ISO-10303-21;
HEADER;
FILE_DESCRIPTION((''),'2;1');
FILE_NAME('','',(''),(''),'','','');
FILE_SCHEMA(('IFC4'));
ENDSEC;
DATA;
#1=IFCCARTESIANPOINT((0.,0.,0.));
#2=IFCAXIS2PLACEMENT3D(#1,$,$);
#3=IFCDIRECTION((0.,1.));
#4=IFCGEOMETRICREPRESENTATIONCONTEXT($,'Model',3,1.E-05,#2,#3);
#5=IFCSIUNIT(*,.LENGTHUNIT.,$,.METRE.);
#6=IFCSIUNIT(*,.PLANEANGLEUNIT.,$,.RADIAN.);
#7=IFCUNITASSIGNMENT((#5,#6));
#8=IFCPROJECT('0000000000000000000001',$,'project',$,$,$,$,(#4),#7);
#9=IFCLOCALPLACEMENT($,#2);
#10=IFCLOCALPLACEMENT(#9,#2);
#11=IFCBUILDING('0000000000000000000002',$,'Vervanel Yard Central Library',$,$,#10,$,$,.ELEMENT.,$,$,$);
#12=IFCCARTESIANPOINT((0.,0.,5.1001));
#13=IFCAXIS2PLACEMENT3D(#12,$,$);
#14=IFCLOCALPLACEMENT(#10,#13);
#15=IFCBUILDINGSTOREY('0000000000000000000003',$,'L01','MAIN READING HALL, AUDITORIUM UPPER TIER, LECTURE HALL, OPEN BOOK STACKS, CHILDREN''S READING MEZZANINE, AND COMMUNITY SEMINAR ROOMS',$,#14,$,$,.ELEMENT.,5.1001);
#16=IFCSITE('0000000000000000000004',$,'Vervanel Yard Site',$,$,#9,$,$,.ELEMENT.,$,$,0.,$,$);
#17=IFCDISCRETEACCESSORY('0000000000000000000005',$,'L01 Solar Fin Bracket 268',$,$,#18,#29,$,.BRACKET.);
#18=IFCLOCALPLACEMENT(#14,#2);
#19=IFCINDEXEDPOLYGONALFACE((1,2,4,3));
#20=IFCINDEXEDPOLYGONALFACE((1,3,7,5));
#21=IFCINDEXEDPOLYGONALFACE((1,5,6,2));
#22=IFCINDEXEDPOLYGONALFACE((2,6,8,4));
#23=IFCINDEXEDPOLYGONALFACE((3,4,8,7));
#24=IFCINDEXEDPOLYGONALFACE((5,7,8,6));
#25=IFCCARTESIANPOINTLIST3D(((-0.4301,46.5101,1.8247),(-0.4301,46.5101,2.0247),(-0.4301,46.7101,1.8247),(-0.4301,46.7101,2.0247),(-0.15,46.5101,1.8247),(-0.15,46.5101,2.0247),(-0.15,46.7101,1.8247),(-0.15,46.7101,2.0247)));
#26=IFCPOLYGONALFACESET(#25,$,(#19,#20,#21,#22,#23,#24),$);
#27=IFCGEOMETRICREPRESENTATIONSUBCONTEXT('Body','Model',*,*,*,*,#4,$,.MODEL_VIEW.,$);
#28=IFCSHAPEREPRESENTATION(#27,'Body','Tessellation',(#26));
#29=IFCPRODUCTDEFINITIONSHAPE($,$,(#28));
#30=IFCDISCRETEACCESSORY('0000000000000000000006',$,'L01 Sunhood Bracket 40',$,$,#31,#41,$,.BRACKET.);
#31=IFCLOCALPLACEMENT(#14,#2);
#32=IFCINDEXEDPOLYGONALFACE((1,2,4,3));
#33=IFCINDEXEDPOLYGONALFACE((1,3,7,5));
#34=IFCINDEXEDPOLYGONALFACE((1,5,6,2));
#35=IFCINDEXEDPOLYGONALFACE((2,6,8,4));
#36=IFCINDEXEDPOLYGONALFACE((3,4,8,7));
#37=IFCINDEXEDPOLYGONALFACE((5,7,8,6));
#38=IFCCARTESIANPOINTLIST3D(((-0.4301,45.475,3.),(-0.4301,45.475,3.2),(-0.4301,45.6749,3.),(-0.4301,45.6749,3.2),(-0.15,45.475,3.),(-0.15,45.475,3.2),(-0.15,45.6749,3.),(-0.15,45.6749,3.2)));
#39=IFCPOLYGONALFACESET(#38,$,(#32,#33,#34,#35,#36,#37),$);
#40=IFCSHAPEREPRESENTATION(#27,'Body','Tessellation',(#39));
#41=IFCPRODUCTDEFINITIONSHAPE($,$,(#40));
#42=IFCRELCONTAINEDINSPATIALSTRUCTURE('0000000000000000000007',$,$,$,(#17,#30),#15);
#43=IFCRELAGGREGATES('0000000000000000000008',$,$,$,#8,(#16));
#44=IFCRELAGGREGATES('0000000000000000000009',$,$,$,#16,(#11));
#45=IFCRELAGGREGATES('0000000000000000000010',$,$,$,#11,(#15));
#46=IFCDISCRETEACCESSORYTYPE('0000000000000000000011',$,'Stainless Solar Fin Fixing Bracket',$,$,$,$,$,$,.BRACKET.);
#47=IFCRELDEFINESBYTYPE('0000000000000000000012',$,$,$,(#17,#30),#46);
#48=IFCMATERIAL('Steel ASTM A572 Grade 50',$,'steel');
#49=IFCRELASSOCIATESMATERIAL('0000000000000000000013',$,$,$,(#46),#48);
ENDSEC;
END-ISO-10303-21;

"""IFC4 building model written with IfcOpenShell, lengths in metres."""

from ifc_helpers import new_model, si_unit, direction, frame, origin, origin_2d, place, context, subcontext, project, spatial, rectangle, extrude, material, type_object, element, save


model = new_model("IFC4")

# Units and contexts
model_context = context("Model", 3, precision=1e-05, world=origin(), true_north=direction((0.0, 1.0)))
body_context = subcontext(model_context, "Body", "Model", "MODEL_VIEW")
ifc_project = project(units=[si_unit("LENGTHUNIT", "METRE"), si_unit("PLANEANGLEUNIT", "RADIAN")], contexts=[model_context])

# Site, building, storey
site_placement = place(None, origin())
site = spatial("IfcSite", under=ifc_project, at=site_placement, Name="Vervanel Yard Site", CompositionType="ELEMENT", RefElevation=0.0)
building_placement = place(site_placement, origin())
building = spatial("IfcBuilding", under=site, at=building_placement, Name="Vervanel Yard Central Library", CompositionType="ELEMENT")
storey_placement = place(building_placement, frame((0.0, 0.0, 5.1001)))
storey = spatial("IfcBuildingStorey", under=building, at=storey_placement, Name="L01", Description="MAIN READING HALL, AUDITORIUM UPPER TIER, LECTURE HALL, OPEN BOOK STACKS, CHILDREN'S READING MEZZANINE, AND COMMUNITY SEMINAR ROOMS", CompositionType="ELEMENT", Elevation=5.1001)

# Discrete accessories
ifc_material_1 = material(Name="Steel ASTM A572 Grade 50", Category="steel")
discrete_accessory_type = type_object("IfcDiscreteAccessoryType", Name="Stainless Solar Fin Fixing Bracket", PredefinedType="BRACKET", material=ifc_material_1)
for number, where, z_axis, x_axis, name in (
    (1, (-0.29, 46.6101, 1.8247), (0.0, 0.0, 1.0), (0.0, 1.0, 0.0), "L01 Solar Fin Bracket 268"),
    (2, (-0.29, 45.575, 3.0), (0.0, 0.0, 1.0), (0.0, 1.0, 0.0), "L01 Sunhood Bracket 40"),
):
    element("IfcDiscreteAccessory", number, at=place(storey_placement, frame(where, z_axis=z_axis, x_axis=x_axis)), inside=storey, type_object=discrete_accessory_type, Name=name, PredefinedType="BRACKET", context=body_context, shape_type="SweptSolid", body=[
        extrude(rectangle(XDim=0.2, YDim=0.28, at=origin_2d()), origin(), (0.0, 0.0, 1.0), 0.2),
    ])

save(model, "model.ifc")
